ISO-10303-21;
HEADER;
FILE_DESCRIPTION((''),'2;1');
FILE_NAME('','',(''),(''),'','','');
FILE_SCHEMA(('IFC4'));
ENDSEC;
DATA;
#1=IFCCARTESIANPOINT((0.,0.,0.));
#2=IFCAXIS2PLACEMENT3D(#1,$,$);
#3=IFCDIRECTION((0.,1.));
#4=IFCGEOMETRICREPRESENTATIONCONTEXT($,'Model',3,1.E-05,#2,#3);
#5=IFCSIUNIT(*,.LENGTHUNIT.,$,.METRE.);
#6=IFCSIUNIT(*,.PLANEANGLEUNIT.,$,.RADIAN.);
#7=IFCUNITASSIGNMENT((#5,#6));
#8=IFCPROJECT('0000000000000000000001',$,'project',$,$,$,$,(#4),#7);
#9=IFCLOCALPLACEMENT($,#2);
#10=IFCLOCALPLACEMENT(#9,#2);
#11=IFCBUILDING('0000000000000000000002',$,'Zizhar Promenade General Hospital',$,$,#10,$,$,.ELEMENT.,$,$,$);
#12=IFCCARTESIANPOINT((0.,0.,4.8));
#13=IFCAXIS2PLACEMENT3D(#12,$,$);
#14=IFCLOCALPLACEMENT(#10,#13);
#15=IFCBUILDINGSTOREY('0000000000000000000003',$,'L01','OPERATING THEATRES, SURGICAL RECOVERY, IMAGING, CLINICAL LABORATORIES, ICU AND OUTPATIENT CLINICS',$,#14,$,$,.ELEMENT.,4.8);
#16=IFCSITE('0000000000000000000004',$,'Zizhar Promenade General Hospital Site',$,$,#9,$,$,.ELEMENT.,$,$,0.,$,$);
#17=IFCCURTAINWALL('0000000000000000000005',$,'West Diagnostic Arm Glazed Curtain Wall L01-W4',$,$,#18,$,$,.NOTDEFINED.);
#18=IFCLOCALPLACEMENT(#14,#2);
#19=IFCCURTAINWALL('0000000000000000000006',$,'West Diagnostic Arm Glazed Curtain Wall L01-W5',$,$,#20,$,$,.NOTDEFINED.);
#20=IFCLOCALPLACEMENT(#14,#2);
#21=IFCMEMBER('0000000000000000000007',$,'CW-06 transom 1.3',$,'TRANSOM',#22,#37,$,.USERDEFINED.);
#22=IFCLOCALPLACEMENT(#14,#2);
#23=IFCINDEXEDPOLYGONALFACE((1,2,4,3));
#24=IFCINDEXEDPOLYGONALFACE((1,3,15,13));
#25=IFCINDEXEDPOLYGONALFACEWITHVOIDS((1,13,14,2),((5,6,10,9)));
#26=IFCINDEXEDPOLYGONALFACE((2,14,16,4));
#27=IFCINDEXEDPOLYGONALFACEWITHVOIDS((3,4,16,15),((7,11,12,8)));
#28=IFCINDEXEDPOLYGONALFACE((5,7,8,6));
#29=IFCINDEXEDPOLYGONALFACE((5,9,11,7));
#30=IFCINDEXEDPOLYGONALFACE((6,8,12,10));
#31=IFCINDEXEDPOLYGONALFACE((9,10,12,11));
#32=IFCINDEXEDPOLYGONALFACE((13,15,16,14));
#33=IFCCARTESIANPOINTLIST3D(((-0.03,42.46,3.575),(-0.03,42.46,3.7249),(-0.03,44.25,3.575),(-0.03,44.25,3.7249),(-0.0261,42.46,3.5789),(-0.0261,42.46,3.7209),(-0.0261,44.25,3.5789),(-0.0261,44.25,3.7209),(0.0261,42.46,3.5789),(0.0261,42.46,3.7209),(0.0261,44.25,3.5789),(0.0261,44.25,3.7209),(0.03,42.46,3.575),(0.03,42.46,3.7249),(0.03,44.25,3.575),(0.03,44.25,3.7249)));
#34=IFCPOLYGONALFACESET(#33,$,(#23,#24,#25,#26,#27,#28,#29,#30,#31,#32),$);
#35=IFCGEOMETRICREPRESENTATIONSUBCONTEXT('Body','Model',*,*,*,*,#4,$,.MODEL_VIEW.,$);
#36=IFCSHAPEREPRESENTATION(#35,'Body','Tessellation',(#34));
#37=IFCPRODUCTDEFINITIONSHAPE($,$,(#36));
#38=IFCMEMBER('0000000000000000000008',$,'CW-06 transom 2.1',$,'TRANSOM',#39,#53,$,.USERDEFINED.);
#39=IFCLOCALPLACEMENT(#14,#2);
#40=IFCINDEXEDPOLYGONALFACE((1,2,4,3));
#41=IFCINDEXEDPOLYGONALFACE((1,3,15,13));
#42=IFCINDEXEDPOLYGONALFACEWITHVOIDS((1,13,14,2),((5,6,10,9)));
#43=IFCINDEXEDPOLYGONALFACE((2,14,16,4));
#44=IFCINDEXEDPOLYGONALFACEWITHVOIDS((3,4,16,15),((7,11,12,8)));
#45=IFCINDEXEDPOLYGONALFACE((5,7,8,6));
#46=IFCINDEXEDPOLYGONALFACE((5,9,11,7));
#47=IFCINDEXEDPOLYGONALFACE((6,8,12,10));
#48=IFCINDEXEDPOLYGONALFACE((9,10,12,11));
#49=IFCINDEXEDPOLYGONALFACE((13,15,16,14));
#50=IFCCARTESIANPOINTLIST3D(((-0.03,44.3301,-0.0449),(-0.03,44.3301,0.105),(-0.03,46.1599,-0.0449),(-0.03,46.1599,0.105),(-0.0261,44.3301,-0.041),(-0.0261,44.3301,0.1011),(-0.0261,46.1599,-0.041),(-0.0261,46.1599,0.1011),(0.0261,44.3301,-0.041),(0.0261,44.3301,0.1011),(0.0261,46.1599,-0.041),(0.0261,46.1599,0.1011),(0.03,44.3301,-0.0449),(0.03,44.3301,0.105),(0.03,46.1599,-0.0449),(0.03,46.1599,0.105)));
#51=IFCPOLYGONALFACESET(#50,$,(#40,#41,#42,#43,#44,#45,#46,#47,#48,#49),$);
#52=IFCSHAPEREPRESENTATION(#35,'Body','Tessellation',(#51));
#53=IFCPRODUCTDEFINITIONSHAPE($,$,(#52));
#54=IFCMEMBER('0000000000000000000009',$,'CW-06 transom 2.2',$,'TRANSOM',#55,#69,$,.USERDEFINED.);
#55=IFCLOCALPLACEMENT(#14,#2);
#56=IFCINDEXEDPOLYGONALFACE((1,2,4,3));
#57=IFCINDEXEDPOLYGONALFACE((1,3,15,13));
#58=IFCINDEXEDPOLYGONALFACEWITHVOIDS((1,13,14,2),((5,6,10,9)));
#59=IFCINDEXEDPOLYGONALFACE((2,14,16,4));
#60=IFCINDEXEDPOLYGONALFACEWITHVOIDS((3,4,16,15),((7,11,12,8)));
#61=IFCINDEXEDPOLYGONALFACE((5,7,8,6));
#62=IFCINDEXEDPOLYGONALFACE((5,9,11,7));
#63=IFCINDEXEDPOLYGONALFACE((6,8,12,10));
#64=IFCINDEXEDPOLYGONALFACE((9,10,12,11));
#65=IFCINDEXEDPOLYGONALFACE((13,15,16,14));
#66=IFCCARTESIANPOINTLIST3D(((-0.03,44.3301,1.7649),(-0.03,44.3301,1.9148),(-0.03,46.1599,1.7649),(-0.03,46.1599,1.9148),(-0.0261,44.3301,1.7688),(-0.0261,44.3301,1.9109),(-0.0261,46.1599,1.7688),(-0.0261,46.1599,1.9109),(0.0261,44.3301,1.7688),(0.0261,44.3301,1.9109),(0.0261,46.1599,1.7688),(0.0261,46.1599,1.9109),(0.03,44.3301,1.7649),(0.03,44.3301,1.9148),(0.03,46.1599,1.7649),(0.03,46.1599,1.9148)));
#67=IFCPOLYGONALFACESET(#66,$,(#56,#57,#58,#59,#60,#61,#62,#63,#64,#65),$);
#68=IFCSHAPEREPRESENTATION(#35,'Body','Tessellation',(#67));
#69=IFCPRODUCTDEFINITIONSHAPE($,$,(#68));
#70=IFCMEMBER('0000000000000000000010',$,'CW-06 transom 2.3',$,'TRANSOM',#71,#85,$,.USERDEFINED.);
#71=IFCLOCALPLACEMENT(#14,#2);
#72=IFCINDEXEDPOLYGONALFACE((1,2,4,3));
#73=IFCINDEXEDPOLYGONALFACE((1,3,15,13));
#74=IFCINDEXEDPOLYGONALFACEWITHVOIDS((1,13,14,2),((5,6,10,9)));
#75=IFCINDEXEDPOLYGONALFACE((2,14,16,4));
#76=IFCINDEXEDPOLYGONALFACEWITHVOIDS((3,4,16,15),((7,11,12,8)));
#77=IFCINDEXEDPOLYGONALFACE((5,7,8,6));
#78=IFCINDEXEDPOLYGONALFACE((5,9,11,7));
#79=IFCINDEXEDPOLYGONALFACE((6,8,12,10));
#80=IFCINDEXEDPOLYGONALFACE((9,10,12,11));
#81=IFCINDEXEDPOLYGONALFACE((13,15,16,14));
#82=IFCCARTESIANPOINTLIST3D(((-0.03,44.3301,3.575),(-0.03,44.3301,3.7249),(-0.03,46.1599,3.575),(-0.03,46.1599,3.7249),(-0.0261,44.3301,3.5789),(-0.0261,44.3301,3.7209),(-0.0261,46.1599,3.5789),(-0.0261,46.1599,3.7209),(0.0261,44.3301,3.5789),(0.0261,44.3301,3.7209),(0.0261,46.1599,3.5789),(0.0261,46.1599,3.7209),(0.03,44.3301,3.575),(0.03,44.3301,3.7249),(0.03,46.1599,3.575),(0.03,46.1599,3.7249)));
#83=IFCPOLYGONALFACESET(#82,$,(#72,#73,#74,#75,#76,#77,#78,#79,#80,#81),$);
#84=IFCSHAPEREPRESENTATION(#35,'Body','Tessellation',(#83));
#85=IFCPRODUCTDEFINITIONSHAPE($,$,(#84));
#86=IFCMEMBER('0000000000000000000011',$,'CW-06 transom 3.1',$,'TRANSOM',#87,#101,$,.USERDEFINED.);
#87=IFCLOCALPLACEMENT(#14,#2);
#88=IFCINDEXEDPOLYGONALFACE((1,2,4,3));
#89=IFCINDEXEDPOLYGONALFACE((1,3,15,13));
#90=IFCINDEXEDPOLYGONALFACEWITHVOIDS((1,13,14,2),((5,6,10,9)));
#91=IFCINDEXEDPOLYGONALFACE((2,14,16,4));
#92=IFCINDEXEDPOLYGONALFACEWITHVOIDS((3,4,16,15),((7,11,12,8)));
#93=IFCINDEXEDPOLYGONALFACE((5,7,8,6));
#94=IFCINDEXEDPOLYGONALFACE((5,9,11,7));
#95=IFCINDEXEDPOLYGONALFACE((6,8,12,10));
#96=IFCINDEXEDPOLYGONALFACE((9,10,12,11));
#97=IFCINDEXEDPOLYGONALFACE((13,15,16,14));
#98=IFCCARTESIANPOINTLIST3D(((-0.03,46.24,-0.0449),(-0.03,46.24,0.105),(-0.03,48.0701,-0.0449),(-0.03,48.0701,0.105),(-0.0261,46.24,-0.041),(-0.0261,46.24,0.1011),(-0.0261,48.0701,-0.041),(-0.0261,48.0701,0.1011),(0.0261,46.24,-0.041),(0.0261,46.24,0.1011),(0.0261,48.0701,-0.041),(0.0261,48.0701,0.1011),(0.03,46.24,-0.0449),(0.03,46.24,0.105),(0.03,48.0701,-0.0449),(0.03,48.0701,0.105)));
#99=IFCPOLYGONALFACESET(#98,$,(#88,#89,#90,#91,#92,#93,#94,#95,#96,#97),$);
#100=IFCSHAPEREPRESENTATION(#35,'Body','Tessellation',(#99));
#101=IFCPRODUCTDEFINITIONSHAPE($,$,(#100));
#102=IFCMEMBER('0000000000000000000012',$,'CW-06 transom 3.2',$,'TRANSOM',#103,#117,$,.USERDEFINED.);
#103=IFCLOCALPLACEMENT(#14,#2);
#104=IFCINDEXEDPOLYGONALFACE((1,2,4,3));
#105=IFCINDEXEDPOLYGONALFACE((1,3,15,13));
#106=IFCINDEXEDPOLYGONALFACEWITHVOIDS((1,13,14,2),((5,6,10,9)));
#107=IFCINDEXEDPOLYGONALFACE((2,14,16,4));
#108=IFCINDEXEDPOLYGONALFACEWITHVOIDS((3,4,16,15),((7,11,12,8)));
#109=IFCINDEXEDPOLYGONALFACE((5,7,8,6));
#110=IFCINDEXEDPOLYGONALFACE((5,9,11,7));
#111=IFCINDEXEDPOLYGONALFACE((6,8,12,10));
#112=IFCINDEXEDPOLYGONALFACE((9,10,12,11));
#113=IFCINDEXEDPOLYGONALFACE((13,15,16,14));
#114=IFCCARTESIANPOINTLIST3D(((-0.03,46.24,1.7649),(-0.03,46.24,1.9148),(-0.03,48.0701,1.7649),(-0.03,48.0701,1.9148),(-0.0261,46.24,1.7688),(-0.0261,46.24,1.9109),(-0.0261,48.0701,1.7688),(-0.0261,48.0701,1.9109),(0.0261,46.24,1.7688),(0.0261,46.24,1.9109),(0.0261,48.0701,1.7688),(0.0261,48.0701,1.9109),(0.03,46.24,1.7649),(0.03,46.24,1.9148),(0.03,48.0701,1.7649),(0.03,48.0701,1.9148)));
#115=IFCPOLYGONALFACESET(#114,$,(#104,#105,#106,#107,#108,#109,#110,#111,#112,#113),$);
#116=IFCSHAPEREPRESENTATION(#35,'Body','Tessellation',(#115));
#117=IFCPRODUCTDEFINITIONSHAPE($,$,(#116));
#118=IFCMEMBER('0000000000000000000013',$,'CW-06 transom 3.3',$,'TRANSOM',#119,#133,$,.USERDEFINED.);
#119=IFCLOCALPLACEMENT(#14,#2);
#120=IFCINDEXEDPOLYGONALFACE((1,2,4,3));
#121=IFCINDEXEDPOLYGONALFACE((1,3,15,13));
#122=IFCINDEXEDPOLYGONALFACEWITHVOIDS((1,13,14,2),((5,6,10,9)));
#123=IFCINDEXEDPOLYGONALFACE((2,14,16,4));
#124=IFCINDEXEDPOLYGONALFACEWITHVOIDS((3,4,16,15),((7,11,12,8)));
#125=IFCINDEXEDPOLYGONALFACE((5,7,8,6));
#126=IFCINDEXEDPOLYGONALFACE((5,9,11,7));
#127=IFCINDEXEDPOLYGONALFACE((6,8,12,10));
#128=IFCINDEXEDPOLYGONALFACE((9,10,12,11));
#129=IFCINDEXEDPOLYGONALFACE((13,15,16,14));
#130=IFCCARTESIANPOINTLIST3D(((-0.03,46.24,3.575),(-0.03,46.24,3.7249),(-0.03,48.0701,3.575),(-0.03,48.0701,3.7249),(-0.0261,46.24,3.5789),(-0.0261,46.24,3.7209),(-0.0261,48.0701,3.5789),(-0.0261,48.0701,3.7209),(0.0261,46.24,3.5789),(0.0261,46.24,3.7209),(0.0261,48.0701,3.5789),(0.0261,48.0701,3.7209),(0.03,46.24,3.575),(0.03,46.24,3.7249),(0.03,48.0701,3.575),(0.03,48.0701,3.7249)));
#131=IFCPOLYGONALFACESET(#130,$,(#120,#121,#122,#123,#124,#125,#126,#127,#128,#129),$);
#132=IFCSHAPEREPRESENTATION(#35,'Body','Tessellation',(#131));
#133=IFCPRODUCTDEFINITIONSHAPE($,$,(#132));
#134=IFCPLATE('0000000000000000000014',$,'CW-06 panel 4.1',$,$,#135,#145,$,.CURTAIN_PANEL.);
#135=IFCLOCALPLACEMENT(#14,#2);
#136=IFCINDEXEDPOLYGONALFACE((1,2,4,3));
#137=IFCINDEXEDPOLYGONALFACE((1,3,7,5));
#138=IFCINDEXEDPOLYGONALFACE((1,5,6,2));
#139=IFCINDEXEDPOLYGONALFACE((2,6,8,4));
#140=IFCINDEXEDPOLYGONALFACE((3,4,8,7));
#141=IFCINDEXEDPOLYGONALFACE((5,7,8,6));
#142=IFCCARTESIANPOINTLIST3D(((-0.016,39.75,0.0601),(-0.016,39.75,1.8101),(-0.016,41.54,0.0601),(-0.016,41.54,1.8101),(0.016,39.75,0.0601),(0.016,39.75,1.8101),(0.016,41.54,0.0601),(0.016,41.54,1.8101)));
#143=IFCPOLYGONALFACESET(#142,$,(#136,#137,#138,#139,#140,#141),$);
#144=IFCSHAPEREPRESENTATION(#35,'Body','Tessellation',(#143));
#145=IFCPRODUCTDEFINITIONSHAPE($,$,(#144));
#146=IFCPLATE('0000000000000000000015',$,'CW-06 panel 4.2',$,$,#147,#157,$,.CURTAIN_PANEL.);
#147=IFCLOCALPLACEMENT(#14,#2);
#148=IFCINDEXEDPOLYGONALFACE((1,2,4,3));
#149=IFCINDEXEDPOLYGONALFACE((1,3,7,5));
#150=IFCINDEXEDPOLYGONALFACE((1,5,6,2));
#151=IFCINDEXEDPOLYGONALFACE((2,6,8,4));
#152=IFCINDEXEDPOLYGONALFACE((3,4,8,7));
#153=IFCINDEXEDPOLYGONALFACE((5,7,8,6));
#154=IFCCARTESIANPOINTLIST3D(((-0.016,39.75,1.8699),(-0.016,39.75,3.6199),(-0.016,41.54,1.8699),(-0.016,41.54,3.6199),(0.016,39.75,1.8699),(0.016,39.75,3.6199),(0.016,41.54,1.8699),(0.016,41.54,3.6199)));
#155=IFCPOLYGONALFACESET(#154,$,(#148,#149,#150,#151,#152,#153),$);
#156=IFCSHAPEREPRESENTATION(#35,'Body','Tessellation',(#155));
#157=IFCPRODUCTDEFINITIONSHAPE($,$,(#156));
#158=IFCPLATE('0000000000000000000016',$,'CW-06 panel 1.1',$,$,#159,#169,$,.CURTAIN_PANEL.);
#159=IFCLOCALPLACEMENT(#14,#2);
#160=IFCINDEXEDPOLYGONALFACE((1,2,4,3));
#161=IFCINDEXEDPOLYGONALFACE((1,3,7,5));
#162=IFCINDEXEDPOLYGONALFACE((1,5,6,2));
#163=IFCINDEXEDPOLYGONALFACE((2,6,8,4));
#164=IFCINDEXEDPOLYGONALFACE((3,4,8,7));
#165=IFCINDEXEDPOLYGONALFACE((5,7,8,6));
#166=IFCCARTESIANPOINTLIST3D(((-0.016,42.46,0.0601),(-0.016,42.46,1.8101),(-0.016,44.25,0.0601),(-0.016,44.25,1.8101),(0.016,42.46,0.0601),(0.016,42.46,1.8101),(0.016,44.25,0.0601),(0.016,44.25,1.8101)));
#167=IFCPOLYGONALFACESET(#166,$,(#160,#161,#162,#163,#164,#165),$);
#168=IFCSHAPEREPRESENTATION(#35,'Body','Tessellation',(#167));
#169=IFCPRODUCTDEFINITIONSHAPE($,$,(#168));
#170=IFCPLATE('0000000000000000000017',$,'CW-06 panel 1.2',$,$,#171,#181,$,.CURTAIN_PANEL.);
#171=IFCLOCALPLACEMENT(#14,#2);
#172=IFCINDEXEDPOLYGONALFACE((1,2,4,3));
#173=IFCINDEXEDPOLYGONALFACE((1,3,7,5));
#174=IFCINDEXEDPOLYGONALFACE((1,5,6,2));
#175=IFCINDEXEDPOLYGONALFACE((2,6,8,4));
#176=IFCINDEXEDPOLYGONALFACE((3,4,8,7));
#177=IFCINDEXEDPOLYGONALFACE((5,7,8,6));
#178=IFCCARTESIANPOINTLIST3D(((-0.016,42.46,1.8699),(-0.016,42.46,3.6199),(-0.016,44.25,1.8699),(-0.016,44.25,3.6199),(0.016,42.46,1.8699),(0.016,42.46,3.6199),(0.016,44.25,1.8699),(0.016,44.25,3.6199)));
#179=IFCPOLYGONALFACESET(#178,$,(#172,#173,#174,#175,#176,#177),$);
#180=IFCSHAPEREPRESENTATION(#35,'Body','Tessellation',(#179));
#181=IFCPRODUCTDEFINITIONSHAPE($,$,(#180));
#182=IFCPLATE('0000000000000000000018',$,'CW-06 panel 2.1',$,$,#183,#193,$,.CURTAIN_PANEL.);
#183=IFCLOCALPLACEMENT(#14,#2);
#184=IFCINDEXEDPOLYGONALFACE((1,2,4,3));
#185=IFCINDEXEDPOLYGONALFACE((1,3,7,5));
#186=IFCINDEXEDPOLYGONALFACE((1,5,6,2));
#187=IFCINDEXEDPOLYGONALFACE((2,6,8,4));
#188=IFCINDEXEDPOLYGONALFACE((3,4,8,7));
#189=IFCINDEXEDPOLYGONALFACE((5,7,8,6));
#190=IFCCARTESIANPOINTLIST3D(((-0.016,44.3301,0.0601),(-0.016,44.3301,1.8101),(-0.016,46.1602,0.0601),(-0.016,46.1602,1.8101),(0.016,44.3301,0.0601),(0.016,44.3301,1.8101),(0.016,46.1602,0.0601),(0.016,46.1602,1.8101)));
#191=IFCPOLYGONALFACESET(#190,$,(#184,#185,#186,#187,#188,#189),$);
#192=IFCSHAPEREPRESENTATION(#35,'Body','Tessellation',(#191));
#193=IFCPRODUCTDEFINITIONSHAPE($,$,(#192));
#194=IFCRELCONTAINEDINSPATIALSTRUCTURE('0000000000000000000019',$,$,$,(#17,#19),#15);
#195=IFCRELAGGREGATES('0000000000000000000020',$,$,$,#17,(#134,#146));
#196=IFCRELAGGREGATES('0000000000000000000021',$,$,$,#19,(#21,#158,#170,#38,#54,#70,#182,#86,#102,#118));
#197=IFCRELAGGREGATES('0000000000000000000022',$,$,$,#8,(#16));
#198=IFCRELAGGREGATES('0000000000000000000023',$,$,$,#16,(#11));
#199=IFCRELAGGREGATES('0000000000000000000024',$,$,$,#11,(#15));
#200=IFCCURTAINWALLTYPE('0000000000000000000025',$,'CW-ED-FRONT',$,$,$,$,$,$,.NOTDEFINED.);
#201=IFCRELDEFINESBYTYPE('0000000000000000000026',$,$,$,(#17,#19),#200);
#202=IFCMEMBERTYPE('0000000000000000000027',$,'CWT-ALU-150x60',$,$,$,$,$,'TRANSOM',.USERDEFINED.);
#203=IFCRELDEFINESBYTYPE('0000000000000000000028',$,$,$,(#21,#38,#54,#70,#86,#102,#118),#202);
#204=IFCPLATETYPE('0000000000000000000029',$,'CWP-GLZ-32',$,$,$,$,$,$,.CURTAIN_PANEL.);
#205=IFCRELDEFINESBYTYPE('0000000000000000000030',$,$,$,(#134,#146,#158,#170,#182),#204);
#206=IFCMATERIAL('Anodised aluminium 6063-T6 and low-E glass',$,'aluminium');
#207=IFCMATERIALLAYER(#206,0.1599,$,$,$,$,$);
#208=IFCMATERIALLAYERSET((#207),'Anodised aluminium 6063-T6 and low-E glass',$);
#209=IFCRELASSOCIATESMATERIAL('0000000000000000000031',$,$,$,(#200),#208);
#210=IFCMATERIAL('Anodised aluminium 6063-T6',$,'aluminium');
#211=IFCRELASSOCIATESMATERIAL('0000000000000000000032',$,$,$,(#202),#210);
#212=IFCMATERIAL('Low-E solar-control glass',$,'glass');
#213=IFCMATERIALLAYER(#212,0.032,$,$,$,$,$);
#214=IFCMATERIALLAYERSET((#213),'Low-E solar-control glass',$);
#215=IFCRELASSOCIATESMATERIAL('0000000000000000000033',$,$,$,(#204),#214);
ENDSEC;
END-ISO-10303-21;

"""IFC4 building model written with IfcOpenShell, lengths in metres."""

from ifc_helpers import new_model, si_unit, direction, frame, origin, origin_2d, place, context, subcontext, project, spatial, rectangle, hollow_rectangle, extrude, material, layer, layer_set, material_profile, profile_set, type_object, element, aggregate, save


model = new_model("IFC4")

# Units and contexts
model_context = context("Model", 3, precision=1e-05, world=origin(), true_north=direction((0.0, 1.0)))
body_context = subcontext(model_context, "Body", "Model", "MODEL_VIEW")
ifc_project = project(units=[si_unit("LENGTHUNIT", "METRE"), si_unit("PLANEANGLEUNIT", "RADIAN")], contexts=[model_context])

# Site, building, storey
site_placement = place(None, origin())
site = spatial("IfcSite", under=ifc_project, at=site_placement, Name="Zizhar Promenade General Hospital Site", CompositionType="ELEMENT", RefElevation=0.0)
building_placement = place(site_placement, origin())
building = spatial("IfcBuilding", under=site, at=building_placement, Name="Zizhar Promenade General Hospital", CompositionType="ELEMENT")
storey_placement = place(building_placement, frame((0.0, 0.0, 4.8)))
storey = spatial("IfcBuildingStorey", under=building, at=storey_placement, Name="L01", Description="OPERATING THEATRES, SURGICAL RECOVERY, IMAGING, CLINICAL LABORATORIES, ICU AND OUTPATIENT CLINICS", CompositionType="ELEMENT", Elevation=4.8)

# Curtain walls
ifc_material_1 = material(Name="Anodised aluminium 6063-T6 and low-E glass", Category="aluminium")
ifc_layer_1 = layer(ifc_material_1, 0.1599)
ifc_layer_set_1 = layer_set([ifc_layer_1], Name="Anodised aluminium 6063-T6 and low-E glass")
curtain_wall_type = type_object("IfcCurtainWallType", Name="CW-ED-FRONT", PredefinedType="NOTDEFINED", material=ifc_layer_set_1)
curtain_wall_1_placement = place(storey_placement, origin())
curtain_wall_1 = element("IfcCurtainWall", 1, at=curtain_wall_1_placement, inside=storey, type_object=curtain_wall_type, Name="West Diagnostic Arm Glazed Curtain Wall L01-W4", PredefinedType="NOTDEFINED")
curtain_wall_2_placement = place(storey_placement, origin())
curtain_wall_2 = element("IfcCurtainWall", 2, at=curtain_wall_2_placement, inside=storey, type_object=curtain_wall_type, Name="West Diagnostic Arm Glazed Curtain Wall L01-W5", PredefinedType="NOTDEFINED")

# Members
ifc_material_2 = material(Name="Anodised aluminium 6063-T6", Category="aluminium")
ifc_material_profile_1 = material_profile(ifc_material_2, hollow_rectangle(XDim=0.0601, YDim=0.1499, WallThickness=0.0039, at=origin_2d()))
ifc_profile_set_1 = profile_set([ifc_material_profile_1], Name="Anodised aluminium 6063-T6")
member_type_1 = type_object("IfcMemberType", Name="CWT-ALU-150x60", ElementType="TRANSOM", PredefinedType="USERDEFINED", material=ifc_profile_set_1)
member_1_placement = place(storey_placement, frame((0.0, 42.46, 3.6499), z_axis=(0.0, 1.0, 0.0), x_axis=(-1.0, 0.0, 0.0)))
member_1 = element("IfcMember", 3, at=member_1_placement, type_object=member_type_1, Name="CW-06 transom 1.3", ObjectType="TRANSOM", PredefinedType="USERDEFINED", context=body_context, shape_type="SweptSolid", body=[
    extrude(hollow_rectangle(XDim=0.0601, YDim=0.1499, WallThickness=0.0039, at=origin_2d()), origin(), (0.0, 0.0, 1.0), 1.79),
])
member_2_placement = place(storey_placement, frame((0.0, 44.3301, 0.03), z_axis=(0.0, 1.0, 0.0), x_axis=(-1.0, 0.0, 0.0)))
member_2 = element("IfcMember", 4, at=member_2_placement, type_object=member_type_1, Name="CW-06 transom 2.1", ObjectType="TRANSOM", PredefinedType="USERDEFINED", context=body_context, shape_type="SweptSolid", body=[
    extrude(hollow_rectangle(XDim=0.0601, YDim=0.1499, WallThickness=0.0039, at=origin_2d()), origin(), (0.0, 0.0, 1.0), 1.8298),
])
member_3_placement = place(storey_placement, frame((0.0, 44.3301, 1.8398), z_axis=(0.0, 1.0, 0.0), x_axis=(-1.0, 0.0, 0.0)))
member_3 = element("IfcMember", 5, at=member_3_placement, type_object=member_type_1, Name="CW-06 transom 2.2", ObjectType="TRANSOM", PredefinedType="USERDEFINED", context=body_context, shape_type="SweptSolid", body=[
    extrude(hollow_rectangle(XDim=0.0601, YDim=0.1499, WallThickness=0.0039, at=origin_2d()), origin(), (0.0, 0.0, 1.0), 1.8298),
])
member_4_placement = place(storey_placement, frame((0.0, 44.3301, 3.6499), z_axis=(0.0, 1.0, 0.0), x_axis=(-1.0, 0.0, 0.0)))
member_4 = element("IfcMember", 6, at=member_4_placement, type_object=member_type_1, Name="CW-06 transom 2.3", ObjectType="TRANSOM", PredefinedType="USERDEFINED", context=body_context, shape_type="SweptSolid", body=[
    extrude(hollow_rectangle(XDim=0.0601, YDim=0.1499, WallThickness=0.0039, at=origin_2d()), origin(), (0.0, 0.0, 1.0), 1.8298),
])
member_5_placement = place(storey_placement, frame((0.0, 46.24, 0.03), z_axis=(0.0, 1.0, 0.0), x_axis=(-1.0, 0.0, 0.0)))
member_5 = element("IfcMember", 7, at=member_5_placement, type_object=member_type_1, Name="CW-06 transom 3.1", ObjectType="TRANSOM", PredefinedType="USERDEFINED", context=body_context, shape_type="SweptSolid", body=[
    extrude(hollow_rectangle(XDim=0.0601, YDim=0.1499, WallThickness=0.0039, at=origin_2d()), origin(), (0.0, 0.0, 1.0), 1.8301),
])
member_6_placement = place(storey_placement, frame((0.0, 46.24, 1.8398), z_axis=(0.0, 1.0, 0.0), x_axis=(-1.0, 0.0, 0.0)))
member_6 = element("IfcMember", 8, at=member_6_placement, type_object=member_type_1, Name="CW-06 transom 3.2", ObjectType="TRANSOM", PredefinedType="USERDEFINED", context=body_context, shape_type="SweptSolid", body=[
    extrude(hollow_rectangle(XDim=0.0601, YDim=0.1499, WallThickness=0.0039, at=origin_2d()), origin(), (0.0, 0.0, 1.0), 1.8301),
])
member_7_placement = place(storey_placement, frame((0.0, 46.24, 3.6499), z_axis=(0.0, 1.0, 0.0), x_axis=(-1.0, 0.0, 0.0)))
member_7 = element("IfcMember", 9, at=member_7_placement, type_object=member_type_1, Name="CW-06 transom 3.3", ObjectType="TRANSOM", PredefinedType="USERDEFINED", context=body_context, shape_type="SweptSolid", body=[
    extrude(hollow_rectangle(XDim=0.0601, YDim=0.1499, WallThickness=0.0039, at=origin_2d()), origin(), (0.0, 0.0, 1.0), 1.8301),
])

# Plates
ifc_material_3 = material(Name="Low-E solar-control glass", Category="glass")
ifc_layer_2 = layer(ifc_material_3, 0.032)
ifc_layer_set_2 = layer_set([ifc_layer_2], Name="Low-E solar-control glass")
plate_type = type_object("IfcPlateType", Name="CWP-GLZ-32", PredefinedType="CURTAIN_PANEL", material=ifc_layer_set_2)
plate_1_placement = place(storey_placement, frame((0.0, 40.645, 0.0601), z_axis=(0.0, 0.0, 1.0), x_axis=(0.0, 1.0, 0.0)))
plate_1 = element("IfcPlate", 10, at=plate_1_placement, type_object=plate_type, Name="CW-06 panel 4.1", PredefinedType="CURTAIN_PANEL", context=body_context, shape_type="SweptSolid", body=[
    extrude(rectangle(XDim=1.79, YDim=0.032, at=origin_2d()), origin(), (0.0, 0.0, 1.0), 1.75),
])
plate_2_placement = place(storey_placement, frame((0.0, 40.645, 1.8699), z_axis=(0.0, 0.0, 1.0), x_axis=(0.0, 1.0, 0.0)))
plate_2 = element("IfcPlate", 11, at=plate_2_placement, type_object=plate_type, Name="CW-06 panel 4.2", PredefinedType="CURTAIN_PANEL", context=body_context, shape_type="SweptSolid", body=[
    extrude(rectangle(XDim=1.79, YDim=0.032, at=origin_2d()), origin(), (0.0, 0.0, 1.0), 1.75),
])
aggregate(curtain_wall_1, [plate_1, plate_2])
plate_3_placement = place(storey_placement, frame((0.0, 43.355, 0.0601), z_axis=(0.0, 0.0, 1.0), x_axis=(0.0, 1.0, 0.0)))
plate_3 = element("IfcPlate", 12, at=plate_3_placement, type_object=plate_type, Name="CW-06 panel 1.1", PredefinedType="CURTAIN_PANEL", context=body_context, shape_type="SweptSolid", body=[
    extrude(rectangle(XDim=1.79, YDim=0.032, at=origin_2d()), origin(), (0.0, 0.0, 1.0), 1.75),
])
plate_4_placement = place(storey_placement, frame((0.0, 43.355, 1.8699), z_axis=(0.0, 0.0, 1.0), x_axis=(0.0, 1.0, 0.0)))
plate_4 = element("IfcPlate", 13, at=plate_4_placement, type_object=plate_type, Name="CW-06 panel 1.2", PredefinedType="CURTAIN_PANEL", context=body_context, shape_type="SweptSolid", body=[
    extrude(rectangle(XDim=1.79, YDim=0.032, at=origin_2d()), origin(), (0.0, 0.0, 1.0), 1.75),
])
plate_5_placement = place(storey_placement, frame((0.0, 45.2451, 0.0601), z_axis=(0.0, 0.0, 1.0), x_axis=(0.0, 1.0, 0.0)))
plate_5 = element("IfcPlate", 14, at=plate_5_placement, type_object=plate_type, Name="CW-06 panel 2.1", PredefinedType="CURTAIN_PANEL", context=body_context, shape_type="SweptSolid", body=[
    extrude(rectangle(XDim=1.8301, YDim=0.032, at=origin_2d()), origin(), (0.0, 0.0, 1.0), 1.75),
])
aggregate(curtain_wall_2, [member_1, plate_3, plate_4, member_2, member_3, member_4, plate_5, member_5, member_6, member_7])

save(model, "model.ifc")
